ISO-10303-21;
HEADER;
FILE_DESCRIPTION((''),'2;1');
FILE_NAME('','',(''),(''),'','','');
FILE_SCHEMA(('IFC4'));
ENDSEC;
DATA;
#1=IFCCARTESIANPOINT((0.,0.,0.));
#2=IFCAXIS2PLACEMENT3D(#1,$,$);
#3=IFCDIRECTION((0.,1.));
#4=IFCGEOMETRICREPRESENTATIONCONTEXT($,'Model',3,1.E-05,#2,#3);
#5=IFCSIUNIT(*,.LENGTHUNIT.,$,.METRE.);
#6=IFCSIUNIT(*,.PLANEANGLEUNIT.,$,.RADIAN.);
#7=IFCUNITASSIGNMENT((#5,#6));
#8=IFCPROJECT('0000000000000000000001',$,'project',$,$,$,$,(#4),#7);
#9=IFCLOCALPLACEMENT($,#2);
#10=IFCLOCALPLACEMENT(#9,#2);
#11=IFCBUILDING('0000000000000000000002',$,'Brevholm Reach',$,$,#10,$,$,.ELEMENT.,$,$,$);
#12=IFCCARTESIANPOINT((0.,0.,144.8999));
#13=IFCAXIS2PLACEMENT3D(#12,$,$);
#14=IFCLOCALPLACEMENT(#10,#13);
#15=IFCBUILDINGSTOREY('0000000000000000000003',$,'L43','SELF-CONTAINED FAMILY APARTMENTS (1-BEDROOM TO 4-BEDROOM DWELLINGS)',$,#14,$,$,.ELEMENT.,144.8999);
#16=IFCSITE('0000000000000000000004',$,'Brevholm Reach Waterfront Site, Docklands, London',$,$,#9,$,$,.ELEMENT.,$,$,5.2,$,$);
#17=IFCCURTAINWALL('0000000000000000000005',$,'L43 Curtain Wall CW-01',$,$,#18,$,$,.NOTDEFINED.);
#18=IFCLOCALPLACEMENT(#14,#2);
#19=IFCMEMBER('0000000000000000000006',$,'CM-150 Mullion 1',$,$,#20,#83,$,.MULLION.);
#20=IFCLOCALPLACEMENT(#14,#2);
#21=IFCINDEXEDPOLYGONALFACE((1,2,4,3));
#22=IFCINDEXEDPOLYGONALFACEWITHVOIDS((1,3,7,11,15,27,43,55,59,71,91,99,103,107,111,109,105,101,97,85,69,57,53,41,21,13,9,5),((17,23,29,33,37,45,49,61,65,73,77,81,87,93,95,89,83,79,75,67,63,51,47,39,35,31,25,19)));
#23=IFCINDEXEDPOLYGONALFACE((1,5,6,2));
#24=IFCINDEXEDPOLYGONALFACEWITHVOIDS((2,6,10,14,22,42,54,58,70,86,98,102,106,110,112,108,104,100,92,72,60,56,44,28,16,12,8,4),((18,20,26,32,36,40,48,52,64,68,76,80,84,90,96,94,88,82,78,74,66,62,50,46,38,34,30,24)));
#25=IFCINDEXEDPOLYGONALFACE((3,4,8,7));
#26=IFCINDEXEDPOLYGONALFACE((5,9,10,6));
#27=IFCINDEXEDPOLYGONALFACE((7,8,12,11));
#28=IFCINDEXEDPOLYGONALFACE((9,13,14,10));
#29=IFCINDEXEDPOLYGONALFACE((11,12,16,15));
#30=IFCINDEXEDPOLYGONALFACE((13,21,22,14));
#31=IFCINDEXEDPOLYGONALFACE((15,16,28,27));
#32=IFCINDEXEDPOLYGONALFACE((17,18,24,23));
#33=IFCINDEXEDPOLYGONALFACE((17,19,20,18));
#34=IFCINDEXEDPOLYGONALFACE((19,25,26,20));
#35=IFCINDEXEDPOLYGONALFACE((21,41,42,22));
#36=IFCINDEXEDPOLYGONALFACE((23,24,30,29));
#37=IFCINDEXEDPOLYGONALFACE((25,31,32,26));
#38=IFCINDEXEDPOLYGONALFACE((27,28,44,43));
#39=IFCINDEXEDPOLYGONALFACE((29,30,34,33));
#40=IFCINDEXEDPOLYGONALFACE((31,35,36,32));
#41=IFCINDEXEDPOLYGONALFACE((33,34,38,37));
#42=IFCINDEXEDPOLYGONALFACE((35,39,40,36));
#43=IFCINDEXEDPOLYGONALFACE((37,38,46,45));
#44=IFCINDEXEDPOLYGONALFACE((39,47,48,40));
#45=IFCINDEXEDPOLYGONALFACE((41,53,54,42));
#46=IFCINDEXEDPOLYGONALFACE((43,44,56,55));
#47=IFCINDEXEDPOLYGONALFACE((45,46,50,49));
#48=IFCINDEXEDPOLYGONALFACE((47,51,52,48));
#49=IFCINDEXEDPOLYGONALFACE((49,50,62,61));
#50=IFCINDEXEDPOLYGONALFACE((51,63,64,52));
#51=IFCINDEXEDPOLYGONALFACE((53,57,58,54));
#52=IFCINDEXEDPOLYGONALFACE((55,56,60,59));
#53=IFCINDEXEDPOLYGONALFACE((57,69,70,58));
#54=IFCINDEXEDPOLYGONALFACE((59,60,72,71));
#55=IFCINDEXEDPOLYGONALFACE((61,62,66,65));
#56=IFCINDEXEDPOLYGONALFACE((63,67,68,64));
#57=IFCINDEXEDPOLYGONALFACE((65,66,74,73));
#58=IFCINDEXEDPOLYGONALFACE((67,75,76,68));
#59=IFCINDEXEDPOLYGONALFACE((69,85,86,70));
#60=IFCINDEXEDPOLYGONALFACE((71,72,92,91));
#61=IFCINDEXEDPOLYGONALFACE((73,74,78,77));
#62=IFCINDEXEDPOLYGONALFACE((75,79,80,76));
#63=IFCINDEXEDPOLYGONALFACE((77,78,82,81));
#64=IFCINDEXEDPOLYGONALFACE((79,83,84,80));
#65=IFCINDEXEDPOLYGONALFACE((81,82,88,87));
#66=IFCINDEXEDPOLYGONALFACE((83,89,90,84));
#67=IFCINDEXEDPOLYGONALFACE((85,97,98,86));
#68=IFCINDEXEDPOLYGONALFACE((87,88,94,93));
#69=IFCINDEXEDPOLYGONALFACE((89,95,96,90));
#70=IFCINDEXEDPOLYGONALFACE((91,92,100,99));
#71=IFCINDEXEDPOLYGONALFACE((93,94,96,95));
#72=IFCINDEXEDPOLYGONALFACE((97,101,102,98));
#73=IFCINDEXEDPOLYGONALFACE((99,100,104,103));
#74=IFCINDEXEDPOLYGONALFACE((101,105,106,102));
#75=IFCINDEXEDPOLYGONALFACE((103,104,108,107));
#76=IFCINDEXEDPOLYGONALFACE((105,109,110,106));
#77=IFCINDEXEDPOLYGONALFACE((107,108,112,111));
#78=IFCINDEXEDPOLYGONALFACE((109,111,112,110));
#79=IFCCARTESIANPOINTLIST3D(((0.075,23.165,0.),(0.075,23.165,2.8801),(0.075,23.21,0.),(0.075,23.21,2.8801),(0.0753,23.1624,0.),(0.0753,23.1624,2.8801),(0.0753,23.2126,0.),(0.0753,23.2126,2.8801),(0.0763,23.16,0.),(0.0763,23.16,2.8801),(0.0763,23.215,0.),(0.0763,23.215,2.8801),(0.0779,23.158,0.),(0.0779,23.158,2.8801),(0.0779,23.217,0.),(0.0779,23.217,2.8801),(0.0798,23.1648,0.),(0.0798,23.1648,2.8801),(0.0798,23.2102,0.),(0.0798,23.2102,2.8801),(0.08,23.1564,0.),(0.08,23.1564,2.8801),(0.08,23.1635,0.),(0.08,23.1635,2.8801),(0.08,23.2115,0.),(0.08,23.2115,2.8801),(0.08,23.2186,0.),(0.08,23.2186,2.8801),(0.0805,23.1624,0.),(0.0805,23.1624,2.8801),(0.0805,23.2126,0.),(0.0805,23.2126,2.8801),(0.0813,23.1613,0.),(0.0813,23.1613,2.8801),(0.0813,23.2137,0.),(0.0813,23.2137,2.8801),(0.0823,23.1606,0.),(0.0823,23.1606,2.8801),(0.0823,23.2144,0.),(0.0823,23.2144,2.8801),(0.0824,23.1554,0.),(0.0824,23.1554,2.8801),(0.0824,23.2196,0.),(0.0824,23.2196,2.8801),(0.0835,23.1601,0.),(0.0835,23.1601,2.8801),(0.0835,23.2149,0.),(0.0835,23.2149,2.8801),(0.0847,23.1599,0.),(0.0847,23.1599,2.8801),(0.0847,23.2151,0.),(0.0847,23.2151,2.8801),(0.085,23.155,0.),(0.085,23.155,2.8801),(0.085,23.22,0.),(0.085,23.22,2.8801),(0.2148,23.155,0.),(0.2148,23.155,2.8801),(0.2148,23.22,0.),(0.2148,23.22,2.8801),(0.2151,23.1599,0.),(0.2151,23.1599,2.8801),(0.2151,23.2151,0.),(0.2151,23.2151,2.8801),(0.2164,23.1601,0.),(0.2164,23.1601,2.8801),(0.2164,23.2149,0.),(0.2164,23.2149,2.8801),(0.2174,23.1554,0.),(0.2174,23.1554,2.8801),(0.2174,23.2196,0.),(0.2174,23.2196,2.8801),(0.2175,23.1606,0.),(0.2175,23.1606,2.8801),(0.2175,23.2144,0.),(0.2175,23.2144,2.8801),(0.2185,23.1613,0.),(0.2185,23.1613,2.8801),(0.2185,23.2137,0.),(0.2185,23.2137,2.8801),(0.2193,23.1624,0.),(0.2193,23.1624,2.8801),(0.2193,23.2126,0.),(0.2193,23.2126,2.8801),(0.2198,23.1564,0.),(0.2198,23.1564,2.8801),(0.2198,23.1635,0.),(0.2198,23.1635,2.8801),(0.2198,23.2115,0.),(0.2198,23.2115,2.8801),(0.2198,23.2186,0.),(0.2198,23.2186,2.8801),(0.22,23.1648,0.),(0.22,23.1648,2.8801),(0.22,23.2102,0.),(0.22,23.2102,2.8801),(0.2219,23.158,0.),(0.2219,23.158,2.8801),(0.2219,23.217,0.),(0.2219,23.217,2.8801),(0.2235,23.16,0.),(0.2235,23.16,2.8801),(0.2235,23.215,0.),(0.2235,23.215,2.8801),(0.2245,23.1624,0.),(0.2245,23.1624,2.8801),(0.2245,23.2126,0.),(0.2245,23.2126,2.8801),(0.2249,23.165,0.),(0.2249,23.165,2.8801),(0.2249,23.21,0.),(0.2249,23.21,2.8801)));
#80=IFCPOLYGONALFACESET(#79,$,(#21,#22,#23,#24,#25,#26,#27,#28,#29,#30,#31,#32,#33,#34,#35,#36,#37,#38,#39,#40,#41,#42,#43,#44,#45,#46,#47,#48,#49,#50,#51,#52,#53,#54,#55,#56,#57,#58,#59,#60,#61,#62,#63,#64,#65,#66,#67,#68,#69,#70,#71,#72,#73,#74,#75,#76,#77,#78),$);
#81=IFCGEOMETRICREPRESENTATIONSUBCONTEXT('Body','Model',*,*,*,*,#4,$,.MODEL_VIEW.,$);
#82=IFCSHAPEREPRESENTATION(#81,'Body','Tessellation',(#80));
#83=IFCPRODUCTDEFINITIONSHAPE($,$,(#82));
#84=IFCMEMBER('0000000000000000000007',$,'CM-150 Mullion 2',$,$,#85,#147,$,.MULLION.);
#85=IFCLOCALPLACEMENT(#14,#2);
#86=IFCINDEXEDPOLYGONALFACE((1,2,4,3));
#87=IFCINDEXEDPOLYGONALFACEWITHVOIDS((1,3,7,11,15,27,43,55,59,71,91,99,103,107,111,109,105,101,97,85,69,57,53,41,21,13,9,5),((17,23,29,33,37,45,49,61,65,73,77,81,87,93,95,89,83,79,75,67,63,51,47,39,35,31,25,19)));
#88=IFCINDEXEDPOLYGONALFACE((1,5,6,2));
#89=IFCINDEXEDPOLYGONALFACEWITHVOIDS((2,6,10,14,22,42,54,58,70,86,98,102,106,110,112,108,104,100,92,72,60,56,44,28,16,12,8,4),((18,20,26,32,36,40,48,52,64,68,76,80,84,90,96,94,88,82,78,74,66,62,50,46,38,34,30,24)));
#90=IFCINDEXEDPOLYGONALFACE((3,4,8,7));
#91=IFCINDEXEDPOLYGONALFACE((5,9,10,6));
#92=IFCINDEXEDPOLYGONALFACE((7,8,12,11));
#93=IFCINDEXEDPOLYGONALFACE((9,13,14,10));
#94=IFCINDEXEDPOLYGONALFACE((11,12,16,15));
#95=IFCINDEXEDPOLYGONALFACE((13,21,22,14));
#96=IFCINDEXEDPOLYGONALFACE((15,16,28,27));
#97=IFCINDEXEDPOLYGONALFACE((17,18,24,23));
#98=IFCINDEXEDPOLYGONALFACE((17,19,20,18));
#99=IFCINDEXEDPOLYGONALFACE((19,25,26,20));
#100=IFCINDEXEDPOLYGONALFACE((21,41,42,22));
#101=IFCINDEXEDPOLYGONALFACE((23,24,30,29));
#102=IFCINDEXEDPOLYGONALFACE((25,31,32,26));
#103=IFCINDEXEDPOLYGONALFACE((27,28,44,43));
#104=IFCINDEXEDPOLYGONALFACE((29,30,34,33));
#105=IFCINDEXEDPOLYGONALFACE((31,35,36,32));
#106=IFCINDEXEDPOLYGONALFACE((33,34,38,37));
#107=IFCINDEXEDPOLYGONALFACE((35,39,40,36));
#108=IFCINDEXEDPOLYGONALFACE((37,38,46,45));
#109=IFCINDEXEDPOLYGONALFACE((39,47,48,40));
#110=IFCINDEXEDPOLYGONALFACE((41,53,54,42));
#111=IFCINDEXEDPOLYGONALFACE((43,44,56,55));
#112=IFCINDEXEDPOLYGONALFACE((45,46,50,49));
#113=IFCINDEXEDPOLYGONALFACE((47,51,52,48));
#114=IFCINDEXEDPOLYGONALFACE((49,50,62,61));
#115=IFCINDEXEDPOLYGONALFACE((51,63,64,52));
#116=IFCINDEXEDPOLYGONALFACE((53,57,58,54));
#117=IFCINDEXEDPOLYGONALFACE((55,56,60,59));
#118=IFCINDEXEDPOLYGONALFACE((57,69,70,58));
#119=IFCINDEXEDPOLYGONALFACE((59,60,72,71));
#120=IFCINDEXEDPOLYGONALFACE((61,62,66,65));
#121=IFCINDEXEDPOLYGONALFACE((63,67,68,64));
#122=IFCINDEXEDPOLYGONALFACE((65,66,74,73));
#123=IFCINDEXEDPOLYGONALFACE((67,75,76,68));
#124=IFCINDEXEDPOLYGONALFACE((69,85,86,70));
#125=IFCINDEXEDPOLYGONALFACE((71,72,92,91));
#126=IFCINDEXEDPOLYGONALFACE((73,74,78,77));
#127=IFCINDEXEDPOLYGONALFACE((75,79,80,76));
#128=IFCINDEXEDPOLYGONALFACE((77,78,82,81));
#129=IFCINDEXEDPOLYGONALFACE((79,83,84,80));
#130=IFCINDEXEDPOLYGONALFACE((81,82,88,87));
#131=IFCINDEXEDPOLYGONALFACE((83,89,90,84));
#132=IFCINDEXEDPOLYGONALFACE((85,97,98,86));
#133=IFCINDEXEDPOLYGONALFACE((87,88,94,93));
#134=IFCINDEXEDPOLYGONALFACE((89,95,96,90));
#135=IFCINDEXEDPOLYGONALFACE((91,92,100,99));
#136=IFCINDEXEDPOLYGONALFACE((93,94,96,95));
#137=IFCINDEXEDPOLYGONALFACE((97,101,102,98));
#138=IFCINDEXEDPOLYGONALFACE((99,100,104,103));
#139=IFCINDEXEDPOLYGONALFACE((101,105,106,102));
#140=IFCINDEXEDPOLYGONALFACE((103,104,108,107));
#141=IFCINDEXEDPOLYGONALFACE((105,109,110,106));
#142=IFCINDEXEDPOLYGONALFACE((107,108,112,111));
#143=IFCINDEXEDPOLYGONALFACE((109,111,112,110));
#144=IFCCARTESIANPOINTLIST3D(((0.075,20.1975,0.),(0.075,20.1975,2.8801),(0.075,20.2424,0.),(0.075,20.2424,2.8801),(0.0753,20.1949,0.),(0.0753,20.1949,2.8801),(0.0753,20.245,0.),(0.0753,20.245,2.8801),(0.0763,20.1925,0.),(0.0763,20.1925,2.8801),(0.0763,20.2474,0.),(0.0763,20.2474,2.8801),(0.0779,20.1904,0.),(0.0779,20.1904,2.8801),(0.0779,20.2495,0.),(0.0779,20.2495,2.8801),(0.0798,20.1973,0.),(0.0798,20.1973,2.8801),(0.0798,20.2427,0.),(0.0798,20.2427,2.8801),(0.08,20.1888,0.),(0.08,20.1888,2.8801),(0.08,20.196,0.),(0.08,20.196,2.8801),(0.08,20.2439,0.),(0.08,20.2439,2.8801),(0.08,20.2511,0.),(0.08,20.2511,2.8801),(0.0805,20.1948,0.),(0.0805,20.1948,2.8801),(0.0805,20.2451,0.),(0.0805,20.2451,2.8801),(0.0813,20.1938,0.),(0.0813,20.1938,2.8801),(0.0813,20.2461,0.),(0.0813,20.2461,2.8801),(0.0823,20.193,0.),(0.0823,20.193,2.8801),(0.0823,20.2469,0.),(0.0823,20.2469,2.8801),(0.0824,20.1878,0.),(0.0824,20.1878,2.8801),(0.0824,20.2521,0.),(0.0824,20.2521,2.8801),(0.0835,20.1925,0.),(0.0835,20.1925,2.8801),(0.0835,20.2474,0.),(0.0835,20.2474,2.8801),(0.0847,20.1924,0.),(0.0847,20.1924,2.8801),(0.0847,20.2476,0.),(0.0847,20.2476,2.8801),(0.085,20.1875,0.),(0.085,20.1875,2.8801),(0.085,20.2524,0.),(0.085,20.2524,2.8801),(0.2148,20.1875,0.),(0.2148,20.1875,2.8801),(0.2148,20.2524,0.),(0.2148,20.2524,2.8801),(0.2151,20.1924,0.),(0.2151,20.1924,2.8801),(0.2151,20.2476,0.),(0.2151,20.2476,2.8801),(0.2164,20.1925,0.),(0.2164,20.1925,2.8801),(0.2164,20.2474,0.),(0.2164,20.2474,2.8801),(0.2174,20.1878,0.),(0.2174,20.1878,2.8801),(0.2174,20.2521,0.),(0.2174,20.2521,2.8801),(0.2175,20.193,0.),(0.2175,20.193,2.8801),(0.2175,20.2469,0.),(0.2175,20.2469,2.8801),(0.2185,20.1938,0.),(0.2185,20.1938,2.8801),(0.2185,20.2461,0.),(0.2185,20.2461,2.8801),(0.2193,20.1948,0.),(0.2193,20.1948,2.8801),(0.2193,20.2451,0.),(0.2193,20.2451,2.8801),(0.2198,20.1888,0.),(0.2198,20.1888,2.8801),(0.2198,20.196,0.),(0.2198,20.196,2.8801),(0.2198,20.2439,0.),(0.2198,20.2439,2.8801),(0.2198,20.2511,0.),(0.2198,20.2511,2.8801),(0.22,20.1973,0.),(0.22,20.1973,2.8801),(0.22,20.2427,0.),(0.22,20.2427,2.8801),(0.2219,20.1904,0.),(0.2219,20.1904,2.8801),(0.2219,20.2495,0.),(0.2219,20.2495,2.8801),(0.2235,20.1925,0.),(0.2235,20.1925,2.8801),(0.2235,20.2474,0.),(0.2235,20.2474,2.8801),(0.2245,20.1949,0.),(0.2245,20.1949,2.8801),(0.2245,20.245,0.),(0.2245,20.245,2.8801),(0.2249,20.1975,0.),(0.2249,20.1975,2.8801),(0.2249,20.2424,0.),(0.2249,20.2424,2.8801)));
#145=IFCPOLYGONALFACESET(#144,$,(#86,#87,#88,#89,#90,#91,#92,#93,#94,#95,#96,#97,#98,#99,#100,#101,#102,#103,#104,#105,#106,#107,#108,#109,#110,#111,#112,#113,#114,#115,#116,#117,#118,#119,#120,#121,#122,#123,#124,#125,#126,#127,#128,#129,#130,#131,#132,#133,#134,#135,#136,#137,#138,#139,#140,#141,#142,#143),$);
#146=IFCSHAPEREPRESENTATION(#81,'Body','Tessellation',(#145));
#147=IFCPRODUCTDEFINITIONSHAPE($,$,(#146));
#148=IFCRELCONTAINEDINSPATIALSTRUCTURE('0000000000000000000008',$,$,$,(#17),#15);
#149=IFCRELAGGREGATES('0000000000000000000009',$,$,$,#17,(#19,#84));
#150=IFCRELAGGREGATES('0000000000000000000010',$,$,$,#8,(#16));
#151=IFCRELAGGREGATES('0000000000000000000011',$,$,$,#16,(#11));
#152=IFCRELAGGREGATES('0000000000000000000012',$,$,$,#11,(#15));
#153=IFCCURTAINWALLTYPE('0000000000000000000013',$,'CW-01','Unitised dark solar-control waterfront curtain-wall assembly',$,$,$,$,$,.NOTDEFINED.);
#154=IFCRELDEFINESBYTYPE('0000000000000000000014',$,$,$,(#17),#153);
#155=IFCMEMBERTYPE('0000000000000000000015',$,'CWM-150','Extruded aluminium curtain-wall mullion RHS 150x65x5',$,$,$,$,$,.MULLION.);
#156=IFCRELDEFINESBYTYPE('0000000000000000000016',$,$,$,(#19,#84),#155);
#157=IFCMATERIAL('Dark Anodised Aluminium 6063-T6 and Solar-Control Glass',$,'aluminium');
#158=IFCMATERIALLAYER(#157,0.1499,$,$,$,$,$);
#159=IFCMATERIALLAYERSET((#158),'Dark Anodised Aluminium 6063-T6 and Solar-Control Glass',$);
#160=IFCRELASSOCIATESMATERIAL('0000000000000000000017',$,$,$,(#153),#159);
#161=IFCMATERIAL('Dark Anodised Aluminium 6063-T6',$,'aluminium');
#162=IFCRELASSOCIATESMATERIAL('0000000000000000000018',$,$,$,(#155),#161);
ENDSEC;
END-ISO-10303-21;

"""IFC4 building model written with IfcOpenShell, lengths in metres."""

from ifc_helpers import new_model, si_unit, direction, frame, origin, origin_2d, place, context, subcontext, project, spatial, hollow_rectangle, extrude, material, layer, layer_set, material_profile, profile_set, type_object, element, aggregate, save


model = new_model("IFC4")

# Units and contexts
model_context = context("Model", 3, precision=1e-05, world=origin(), true_north=direction((0.0, 1.0)))
body_context = subcontext(model_context, "Body", "Model", "MODEL_VIEW")
ifc_project = project(units=[si_unit("LENGTHUNIT", "METRE"), si_unit("PLANEANGLEUNIT", "RADIAN")], contexts=[model_context])

# Site, building, storey
site_placement = place(None, origin())
site = spatial("IfcSite", under=ifc_project, at=site_placement, Name="Brevholm Reach Waterfront Site, Docklands, London", CompositionType="ELEMENT", RefElevation=5.2)
building_placement = place(site_placement, origin())
building = spatial("IfcBuilding", under=site, at=building_placement, Name="Brevholm Reach", CompositionType="ELEMENT")
storey_placement = place(building_placement, frame((0.0, 0.0, 144.8999)))
storey = spatial("IfcBuildingStorey", under=building, at=storey_placement, Name="L43", Description="SELF-CONTAINED FAMILY APARTMENTS (1-BEDROOM TO 4-BEDROOM DWELLINGS)", CompositionType="ELEMENT", Elevation=144.8999)

# Curtain wall, members
ifc_material_1 = material(Name="Dark Anodised Aluminium 6063-T6 and Solar-Control Glass", Category="aluminium")
ifc_layer_1 = layer(ifc_material_1, 0.1499)
ifc_layer_set_1 = layer_set([ifc_layer_1], Name="Dark Anodised Aluminium 6063-T6 and Solar-Control Glass")
curtain_wall_type = type_object("IfcCurtainWallType", Name="CW-01", Description="Unitised dark solar-control waterfront curtain-wall assembly", PredefinedType="NOTDEFINED", material=ifc_layer_set_1)
curtain_wall_placement = place(storey_placement, origin())
curtain_wall = element("IfcCurtainWall", 1, at=curtain_wall_placement, inside=storey, type_object=curtain_wall_type, Name="L43 Curtain Wall CW-01", PredefinedType="NOTDEFINED")
ifc_material_2 = material(Name="Dark Anodised Aluminium 6063-T6", Category="aluminium")
ifc_material_profile_1 = material_profile(ifc_material_2, hollow_rectangle(XDim=0.0649, YDim=0.1499, WallThickness=0.0049, InnerFilletRadius=0.0049, OuterFilletRadius=0.01, at=origin_2d()), Name="RHS 150x65x5")
ifc_profile_set_1 = profile_set([ifc_material_profile_1], Name="Dark Anodised Aluminium 6063-T6")
member_type_1 = type_object("IfcMemberType", Name="CWM-150", Description="Extruded aluminium curtain-wall mullion RHS 150x65x5", PredefinedType="MULLION", material=ifc_profile_set_1)
member_1_placement = place(storey_placement, frame((0.1499, 23.1875, 0.0), z_axis=(0.0, 0.0, 1.0), x_axis=(0.0, -1.0, 0.0)))
member_1 = element("IfcMember", 2, at=member_1_placement, type_object=member_type_1, Name="CM-150 Mullion 1", PredefinedType="MULLION", context=body_context, shape_type="SweptSolid", body=[
    extrude(hollow_rectangle(XDim=0.0649, YDim=0.1499, WallThickness=0.0049, InnerFilletRadius=0.0049, OuterFilletRadius=0.01, at=origin_2d()), origin(), (0.0, 0.0, 1.0), 2.8801),
])
member_2_placement = place(storey_placement, frame((0.1499, 20.22, 0.0), z_axis=(0.0, 0.0, 1.0), x_axis=(0.0, -1.0, 0.0)))
member_2 = element("IfcMember", 3, at=member_2_placement, type_object=member_type_1, Name="CM-150 Mullion 2", PredefinedType="MULLION", context=body_context, shape_type="SweptSolid", body=[
    extrude(hollow_rectangle(XDim=0.0649, YDim=0.1499, WallThickness=0.0049, InnerFilletRadius=0.0049, OuterFilletRadius=0.01, at=origin_2d()), origin(), (0.0, 0.0, 1.0), 2.8801),
])
aggregate(curtain_wall, [member_1, member_2])

save(model, "model.ifc")
